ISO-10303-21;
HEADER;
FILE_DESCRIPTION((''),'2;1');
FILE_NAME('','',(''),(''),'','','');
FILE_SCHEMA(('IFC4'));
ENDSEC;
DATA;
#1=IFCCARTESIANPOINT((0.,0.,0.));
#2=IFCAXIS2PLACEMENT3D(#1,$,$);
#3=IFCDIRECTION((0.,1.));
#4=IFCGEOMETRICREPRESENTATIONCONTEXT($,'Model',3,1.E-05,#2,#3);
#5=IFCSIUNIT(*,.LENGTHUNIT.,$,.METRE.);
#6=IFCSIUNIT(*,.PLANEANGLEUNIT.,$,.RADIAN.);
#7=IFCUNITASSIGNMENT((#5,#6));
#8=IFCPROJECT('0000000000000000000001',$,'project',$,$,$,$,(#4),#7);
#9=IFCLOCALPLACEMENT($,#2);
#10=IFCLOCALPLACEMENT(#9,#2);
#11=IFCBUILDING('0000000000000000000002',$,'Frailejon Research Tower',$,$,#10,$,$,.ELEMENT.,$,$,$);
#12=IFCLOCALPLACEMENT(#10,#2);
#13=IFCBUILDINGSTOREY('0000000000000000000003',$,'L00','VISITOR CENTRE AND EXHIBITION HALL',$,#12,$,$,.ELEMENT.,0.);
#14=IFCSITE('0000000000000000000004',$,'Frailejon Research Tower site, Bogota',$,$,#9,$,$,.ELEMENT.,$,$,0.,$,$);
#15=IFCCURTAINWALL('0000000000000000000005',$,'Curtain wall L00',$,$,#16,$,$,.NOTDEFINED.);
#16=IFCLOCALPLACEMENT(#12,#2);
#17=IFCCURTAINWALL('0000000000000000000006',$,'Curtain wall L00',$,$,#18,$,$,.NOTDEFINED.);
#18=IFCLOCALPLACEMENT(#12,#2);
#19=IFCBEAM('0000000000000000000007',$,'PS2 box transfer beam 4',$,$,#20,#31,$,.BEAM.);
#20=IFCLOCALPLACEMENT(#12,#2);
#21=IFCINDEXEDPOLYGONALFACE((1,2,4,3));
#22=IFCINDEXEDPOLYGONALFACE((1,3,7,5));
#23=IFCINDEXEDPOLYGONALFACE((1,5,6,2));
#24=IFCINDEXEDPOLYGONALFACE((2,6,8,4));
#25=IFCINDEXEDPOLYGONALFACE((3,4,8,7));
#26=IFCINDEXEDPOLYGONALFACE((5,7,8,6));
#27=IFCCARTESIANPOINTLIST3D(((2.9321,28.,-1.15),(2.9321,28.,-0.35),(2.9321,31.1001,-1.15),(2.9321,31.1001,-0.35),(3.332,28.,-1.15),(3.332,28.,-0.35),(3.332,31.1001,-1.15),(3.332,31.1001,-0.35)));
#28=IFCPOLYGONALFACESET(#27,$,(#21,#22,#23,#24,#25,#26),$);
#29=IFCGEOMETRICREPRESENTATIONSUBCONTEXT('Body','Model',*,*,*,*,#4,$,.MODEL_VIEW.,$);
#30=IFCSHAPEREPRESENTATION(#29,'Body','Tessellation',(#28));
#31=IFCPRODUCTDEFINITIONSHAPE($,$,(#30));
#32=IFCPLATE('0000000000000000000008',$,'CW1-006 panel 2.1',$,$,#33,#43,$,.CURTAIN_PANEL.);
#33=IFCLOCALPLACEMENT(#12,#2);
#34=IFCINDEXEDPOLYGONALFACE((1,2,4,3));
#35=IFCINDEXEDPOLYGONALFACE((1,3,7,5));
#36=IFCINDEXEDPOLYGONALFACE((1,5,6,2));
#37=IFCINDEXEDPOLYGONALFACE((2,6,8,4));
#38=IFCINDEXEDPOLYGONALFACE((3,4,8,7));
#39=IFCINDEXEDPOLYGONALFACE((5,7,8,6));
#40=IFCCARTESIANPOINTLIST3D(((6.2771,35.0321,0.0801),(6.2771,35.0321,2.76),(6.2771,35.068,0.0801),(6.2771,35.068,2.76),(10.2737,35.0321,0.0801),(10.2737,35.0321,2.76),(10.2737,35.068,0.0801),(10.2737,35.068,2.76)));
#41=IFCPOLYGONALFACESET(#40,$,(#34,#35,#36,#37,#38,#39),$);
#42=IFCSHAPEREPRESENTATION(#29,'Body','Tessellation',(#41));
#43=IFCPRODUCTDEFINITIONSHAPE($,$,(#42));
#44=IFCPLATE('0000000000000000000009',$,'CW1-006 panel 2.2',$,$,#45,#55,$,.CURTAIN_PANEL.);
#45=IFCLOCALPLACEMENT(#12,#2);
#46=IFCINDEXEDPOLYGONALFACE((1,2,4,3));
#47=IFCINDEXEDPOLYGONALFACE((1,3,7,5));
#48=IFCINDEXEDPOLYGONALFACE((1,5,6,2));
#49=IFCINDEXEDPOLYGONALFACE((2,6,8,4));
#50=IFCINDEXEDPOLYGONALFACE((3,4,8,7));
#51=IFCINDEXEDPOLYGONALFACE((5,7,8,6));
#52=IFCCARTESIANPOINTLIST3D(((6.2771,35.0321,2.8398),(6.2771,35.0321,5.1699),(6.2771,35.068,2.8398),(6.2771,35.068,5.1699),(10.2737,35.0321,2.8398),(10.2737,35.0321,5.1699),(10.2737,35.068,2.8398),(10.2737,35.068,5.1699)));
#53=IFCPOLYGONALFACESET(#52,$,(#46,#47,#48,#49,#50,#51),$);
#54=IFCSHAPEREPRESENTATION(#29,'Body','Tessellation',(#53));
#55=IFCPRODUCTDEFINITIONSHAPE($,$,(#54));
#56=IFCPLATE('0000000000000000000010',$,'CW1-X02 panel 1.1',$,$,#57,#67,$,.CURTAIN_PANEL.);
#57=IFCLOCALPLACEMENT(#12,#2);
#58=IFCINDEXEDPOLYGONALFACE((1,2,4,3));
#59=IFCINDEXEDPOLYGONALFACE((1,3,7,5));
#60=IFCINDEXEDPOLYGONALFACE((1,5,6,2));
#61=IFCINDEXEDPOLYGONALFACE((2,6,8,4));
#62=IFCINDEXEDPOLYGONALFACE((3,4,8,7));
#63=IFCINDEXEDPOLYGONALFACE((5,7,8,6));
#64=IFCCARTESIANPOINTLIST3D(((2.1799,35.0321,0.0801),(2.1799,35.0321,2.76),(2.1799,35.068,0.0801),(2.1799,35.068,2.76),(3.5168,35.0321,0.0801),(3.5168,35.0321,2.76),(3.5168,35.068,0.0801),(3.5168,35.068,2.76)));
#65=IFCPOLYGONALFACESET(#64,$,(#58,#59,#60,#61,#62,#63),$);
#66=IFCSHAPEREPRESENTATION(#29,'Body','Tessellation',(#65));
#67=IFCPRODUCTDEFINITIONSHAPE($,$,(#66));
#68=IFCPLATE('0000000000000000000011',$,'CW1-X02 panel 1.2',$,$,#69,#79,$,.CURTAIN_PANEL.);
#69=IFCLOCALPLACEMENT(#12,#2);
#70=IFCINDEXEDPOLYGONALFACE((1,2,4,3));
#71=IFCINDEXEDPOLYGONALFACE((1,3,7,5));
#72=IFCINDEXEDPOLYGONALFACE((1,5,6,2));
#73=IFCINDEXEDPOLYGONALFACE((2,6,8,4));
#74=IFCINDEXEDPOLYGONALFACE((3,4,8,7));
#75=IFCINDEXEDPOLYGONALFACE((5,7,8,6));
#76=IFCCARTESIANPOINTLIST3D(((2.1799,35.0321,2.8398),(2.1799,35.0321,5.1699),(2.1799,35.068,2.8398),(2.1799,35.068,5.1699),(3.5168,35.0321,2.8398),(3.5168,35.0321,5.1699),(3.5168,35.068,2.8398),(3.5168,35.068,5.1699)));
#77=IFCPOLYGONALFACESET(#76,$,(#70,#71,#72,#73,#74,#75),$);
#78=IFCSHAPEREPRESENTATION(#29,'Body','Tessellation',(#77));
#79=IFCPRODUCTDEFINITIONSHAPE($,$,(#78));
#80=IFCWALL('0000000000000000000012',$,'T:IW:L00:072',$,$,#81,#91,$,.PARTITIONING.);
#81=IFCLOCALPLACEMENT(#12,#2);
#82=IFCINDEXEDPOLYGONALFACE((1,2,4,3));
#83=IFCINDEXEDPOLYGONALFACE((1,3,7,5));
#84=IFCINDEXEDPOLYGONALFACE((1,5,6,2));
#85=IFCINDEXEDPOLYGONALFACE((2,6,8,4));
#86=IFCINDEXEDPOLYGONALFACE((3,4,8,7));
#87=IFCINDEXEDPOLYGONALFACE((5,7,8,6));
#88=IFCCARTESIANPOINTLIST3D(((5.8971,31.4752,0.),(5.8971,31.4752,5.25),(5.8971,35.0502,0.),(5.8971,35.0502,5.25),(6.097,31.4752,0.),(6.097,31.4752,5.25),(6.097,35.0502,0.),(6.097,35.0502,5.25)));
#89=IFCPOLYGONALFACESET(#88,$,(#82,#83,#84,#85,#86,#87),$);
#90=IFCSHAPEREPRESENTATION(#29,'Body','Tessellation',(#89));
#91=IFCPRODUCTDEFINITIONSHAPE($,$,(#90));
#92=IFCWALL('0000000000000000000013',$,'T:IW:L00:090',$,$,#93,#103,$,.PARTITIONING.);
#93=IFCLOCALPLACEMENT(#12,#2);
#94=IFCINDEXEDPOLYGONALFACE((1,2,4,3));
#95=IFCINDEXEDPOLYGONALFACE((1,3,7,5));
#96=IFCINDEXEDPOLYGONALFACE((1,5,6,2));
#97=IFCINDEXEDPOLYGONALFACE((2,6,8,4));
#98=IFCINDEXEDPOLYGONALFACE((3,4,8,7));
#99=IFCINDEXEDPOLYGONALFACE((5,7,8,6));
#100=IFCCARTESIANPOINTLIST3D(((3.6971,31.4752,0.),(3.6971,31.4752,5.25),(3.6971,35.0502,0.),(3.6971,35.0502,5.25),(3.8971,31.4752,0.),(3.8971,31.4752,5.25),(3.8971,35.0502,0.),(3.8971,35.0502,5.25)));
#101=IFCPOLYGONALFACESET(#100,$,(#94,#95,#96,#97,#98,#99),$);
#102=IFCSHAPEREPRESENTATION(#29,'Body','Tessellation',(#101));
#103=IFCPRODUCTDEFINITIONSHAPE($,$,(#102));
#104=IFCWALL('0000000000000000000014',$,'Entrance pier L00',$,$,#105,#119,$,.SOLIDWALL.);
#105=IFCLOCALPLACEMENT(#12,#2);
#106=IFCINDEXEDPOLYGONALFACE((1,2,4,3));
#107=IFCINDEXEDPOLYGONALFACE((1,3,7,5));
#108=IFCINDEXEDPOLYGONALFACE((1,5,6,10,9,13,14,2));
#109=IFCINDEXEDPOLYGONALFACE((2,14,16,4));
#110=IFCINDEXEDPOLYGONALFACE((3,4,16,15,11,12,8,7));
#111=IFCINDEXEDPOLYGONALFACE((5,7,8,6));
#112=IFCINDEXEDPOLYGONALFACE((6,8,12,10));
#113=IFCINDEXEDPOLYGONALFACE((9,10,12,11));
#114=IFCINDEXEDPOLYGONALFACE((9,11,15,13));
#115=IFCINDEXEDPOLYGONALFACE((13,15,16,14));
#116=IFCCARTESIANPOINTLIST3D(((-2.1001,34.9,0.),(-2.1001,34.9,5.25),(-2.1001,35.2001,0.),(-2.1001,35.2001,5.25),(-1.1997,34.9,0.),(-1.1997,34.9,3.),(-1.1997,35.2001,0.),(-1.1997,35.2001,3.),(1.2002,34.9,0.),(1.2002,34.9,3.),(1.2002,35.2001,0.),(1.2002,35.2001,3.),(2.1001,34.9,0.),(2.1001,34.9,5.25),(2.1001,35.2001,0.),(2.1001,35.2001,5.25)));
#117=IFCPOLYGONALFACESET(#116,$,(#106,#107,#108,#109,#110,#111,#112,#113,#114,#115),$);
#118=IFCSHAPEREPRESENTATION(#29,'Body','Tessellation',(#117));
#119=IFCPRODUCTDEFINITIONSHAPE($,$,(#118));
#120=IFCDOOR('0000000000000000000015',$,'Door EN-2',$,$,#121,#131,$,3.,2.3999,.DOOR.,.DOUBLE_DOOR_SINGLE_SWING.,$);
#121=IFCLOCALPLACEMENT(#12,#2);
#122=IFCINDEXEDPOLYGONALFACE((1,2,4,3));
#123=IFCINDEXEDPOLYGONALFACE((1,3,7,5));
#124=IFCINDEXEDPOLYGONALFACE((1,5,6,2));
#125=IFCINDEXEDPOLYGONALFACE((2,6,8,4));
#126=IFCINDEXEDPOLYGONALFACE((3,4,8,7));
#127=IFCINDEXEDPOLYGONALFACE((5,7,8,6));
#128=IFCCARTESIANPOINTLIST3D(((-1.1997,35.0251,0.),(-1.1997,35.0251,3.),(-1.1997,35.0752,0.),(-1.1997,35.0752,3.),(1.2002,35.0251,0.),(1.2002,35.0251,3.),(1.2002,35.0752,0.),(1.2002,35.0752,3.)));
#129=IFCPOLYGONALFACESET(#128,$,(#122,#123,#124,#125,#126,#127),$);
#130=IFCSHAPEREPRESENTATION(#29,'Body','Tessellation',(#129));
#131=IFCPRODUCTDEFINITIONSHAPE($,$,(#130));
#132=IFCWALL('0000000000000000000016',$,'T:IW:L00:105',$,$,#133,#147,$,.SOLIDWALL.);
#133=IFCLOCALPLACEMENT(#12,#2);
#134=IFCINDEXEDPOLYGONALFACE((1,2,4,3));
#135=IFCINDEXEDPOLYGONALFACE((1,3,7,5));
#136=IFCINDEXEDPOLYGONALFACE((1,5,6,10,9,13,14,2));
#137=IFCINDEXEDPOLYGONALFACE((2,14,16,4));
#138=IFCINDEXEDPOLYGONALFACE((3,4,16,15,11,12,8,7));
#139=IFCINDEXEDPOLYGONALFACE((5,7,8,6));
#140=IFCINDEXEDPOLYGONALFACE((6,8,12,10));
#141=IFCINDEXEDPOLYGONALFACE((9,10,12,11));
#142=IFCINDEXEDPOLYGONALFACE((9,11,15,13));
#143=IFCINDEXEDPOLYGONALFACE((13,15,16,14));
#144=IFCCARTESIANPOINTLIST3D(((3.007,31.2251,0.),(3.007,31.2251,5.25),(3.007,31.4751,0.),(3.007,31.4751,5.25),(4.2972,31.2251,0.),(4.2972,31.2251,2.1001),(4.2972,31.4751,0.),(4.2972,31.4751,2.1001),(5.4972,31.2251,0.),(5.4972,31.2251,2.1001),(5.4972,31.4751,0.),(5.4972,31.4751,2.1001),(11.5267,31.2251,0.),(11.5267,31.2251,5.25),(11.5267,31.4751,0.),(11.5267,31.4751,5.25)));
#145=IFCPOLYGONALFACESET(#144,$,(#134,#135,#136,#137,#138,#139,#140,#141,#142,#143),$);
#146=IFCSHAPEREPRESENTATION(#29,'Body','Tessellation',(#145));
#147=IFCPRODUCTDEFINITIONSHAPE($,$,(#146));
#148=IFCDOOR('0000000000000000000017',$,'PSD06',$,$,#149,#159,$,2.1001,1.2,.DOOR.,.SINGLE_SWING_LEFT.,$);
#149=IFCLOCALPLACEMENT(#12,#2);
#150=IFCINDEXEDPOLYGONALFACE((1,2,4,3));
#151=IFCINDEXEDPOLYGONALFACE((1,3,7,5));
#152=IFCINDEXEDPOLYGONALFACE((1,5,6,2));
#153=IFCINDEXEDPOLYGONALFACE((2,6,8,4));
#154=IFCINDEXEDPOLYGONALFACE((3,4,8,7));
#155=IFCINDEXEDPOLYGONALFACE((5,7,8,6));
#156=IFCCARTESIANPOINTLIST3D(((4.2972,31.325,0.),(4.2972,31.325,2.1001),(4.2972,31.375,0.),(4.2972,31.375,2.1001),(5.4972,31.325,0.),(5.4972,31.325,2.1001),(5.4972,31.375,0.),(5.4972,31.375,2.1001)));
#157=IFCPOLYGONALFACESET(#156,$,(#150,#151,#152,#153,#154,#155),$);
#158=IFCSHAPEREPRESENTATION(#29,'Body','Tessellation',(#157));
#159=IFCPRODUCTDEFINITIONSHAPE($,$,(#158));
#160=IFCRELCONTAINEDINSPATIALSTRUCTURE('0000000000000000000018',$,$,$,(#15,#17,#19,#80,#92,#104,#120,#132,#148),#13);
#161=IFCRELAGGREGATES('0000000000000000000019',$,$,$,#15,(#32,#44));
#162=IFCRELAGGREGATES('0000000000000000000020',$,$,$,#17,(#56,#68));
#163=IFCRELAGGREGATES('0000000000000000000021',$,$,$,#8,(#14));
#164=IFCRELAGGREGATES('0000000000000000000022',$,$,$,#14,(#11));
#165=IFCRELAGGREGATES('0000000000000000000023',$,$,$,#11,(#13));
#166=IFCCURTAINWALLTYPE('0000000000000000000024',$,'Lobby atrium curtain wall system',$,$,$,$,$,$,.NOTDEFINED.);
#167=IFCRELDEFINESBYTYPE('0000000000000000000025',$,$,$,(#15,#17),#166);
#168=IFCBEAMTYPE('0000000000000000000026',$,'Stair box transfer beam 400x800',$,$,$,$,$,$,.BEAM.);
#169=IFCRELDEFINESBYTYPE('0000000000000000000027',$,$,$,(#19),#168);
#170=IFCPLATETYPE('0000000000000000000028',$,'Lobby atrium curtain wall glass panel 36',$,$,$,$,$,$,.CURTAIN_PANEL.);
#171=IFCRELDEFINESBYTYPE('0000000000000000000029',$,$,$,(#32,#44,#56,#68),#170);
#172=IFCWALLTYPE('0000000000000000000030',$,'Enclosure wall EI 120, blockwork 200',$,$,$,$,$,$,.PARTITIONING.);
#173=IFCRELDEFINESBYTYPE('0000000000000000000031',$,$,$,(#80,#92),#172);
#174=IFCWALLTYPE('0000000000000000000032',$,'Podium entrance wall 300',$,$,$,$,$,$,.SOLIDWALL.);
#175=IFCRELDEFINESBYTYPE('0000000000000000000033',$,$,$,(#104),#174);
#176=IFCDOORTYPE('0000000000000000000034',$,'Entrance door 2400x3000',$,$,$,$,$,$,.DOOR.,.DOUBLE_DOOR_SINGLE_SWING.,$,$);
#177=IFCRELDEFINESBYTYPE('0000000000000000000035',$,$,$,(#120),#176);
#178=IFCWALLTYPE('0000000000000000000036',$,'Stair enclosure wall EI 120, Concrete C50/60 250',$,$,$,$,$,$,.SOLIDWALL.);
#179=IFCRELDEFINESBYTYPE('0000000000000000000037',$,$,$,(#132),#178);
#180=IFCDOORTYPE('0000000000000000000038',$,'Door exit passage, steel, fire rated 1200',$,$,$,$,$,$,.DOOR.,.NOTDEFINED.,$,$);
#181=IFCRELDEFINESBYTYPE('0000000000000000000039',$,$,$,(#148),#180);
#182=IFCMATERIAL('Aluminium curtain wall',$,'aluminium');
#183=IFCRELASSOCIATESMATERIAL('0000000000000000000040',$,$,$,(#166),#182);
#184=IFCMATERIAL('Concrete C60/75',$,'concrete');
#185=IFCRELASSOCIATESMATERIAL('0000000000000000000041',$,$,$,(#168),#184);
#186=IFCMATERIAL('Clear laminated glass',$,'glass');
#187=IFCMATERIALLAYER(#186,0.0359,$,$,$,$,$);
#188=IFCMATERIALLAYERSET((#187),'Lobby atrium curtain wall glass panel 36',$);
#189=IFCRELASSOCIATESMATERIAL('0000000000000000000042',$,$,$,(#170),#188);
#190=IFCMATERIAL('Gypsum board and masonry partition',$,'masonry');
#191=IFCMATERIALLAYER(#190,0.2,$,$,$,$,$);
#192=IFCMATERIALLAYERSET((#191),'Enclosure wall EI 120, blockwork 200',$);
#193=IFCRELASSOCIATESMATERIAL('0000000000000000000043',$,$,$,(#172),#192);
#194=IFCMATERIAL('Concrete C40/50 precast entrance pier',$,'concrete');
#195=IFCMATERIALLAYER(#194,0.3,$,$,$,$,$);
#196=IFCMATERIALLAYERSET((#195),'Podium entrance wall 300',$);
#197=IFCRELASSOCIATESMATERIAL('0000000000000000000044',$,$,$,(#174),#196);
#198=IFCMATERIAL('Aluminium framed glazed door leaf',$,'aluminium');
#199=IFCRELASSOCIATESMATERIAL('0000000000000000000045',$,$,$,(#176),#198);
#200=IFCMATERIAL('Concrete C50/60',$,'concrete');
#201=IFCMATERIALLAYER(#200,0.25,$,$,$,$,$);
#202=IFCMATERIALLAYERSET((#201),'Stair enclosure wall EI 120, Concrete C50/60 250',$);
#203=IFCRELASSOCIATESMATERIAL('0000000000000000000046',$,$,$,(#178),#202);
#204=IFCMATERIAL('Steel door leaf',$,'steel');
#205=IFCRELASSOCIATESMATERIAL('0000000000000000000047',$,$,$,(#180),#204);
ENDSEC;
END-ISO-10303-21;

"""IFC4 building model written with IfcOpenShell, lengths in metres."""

from ifc_helpers import new_model, si_unit, direction, frame, frame_2d, origin, origin_2d, place, context, subcontext, project, spatial, rectangle, extrude, material, layer, layer_set, material_profile, profile_set, type_object, element, fill, aggregate, save


model = new_model("IFC4")

# Units and contexts
model_context = context("Model", 3, precision=1e-05, world=origin(), true_north=direction((0.0, 1.0)))
body_context = subcontext(model_context, "Body", "Model", "MODEL_VIEW")
ifc_project = project(units=[si_unit("LENGTHUNIT", "METRE"), si_unit("PLANEANGLEUNIT", "RADIAN")], contexts=[model_context])

# Site, building, storey
site_placement = place(None, origin())
site = spatial("IfcSite", under=ifc_project, at=site_placement, Name="Frailejon Research Tower site, Bogota", CompositionType="ELEMENT", RefElevation=0.0)
building_placement = place(site_placement, origin())
building = spatial("IfcBuilding", under=site, at=building_placement, Name="Frailejon Research Tower", CompositionType="ELEMENT")
storey_placement = place(building_placement, origin())
storey = spatial("IfcBuildingStorey", under=building, at=storey_placement, Name="L00", Description="VISITOR CENTRE AND EXHIBITION HALL", CompositionType="ELEMENT", Elevation=0.0)

# Curtain wall
ifc_material_1 = material(Name="Aluminium curtain wall", Category="aluminium")
curtain_wall_type = type_object("IfcCurtainWallType", Name="Lobby atrium curtain wall system", PredefinedType="NOTDEFINED", material=ifc_material_1)
curtain_wall_1_placement = place(storey_placement, origin())
curtain_wall_1 = element("IfcCurtainWall", 1, at=curtain_wall_1_placement, inside=storey, type_object=curtain_wall_type, Name="Curtain wall L00", PredefinedType="NOTDEFINED")

# Curtain wall
curtain_wall_2_placement = place(storey_placement, origin())
curtain_wall_2 = element("IfcCurtainWall", 2, at=curtain_wall_2_placement, inside=storey, type_object=curtain_wall_type, Name="Curtain wall L00", PredefinedType="NOTDEFINED")

# Beam
ifc_material_2 = material(Name="Concrete C60/75", Category="concrete")
ifc_material_profile_1 = material_profile(ifc_material_2, rectangle(XDim=0.3999, YDim=0.8, at=origin_2d()), Name="Stair box transfer beam 400x800")
ifc_profile_set_1 = profile_set([ifc_material_profile_1], Name="Concrete C60/75")
beam_type = type_object("IfcBeamType", Name="Stair box transfer beam 400x800", PredefinedType="BEAM", material=ifc_profile_set_1)
beam_placement = place(storey_placement, frame((3.1321, 31.1001, -0.75), z_axis=(0.0, -1.0, 0.0), x_axis=(1.0, 0.0, 0.0)))
element("IfcBeam", 3, at=beam_placement, inside=storey, type_object=beam_type, Name="PS2 box transfer beam 4", PredefinedType="BEAM", context=body_context, shape_type="SweptSolid", body=[
    extrude(rectangle(XDim=0.3999, YDim=0.8, at=origin_2d()), origin(), (0.0, 0.0, 1.0), 3.1001),
])

# Plates
ifc_material_3 = material(Name="Clear laminated glass", Category="glass")
ifc_layer_1 = layer(ifc_material_3, 0.0359)
ifc_layer_set_1 = layer_set([ifc_layer_1], Name="Lobby atrium curtain wall glass panel 36")
plate_type = type_object("IfcPlateType", Name="Lobby atrium curtain wall glass panel 36", PredefinedType="CURTAIN_PANEL", material=ifc_layer_set_1)
plate_1_placement = place(storey_placement, frame((8.2754, 35.05, 0.0801), z_axis=(0.0, 0.0, 1.0), x_axis=(-1.0, 0.0, 0.0)))
plate_1 = element("IfcPlate", 4, at=plate_1_placement, type_object=plate_type, Name="CW1-006 panel 2.1", PredefinedType="CURTAIN_PANEL", context=body_context, shape_type="SweptSolid", body=[
    extrude(rectangle(XDim=3.9966, YDim=0.0359, at=origin_2d()), origin(), (0.0, 0.0, 1.0), 2.6799),
])
plate_2_placement = place(storey_placement, frame((8.2754, 35.05, 2.8398), z_axis=(0.0, 0.0, 1.0), x_axis=(-1.0, 0.0, 0.0)))
plate_2 = element("IfcPlate", 5, at=plate_2_placement, type_object=plate_type, Name="CW1-006 panel 2.2", PredefinedType="CURTAIN_PANEL", context=body_context, shape_type="SweptSolid", body=[
    extrude(rectangle(XDim=3.9966, YDim=0.0359, at=origin_2d()), origin(), (0.0, 0.0, 1.0), 2.3301),
])
aggregate(curtain_wall_1, [plate_1, plate_2])
plate_3_placement = place(storey_placement, frame((2.8484, 35.05, 0.0801), z_axis=(0.0, 0.0, 1.0), x_axis=(-1.0, 0.0, 0.0)))
plate_3 = element("IfcPlate", 6, at=plate_3_placement, type_object=plate_type, Name="CW1-X02 panel 1.1", PredefinedType="CURTAIN_PANEL", context=body_context, shape_type="SweptSolid", body=[
    extrude(rectangle(XDim=1.3369, YDim=0.0359, at=origin_2d()), origin(), (0.0, 0.0, 1.0), 2.6799),
])
plate_4_placement = place(storey_placement, frame((2.8484, 35.05, 2.8398), z_axis=(0.0, 0.0, 1.0), x_axis=(-1.0, 0.0, 0.0)))
plate_4 = element("IfcPlate", 7, at=plate_4_placement, type_object=plate_type, Name="CW1-X02 panel 1.2", PredefinedType="CURTAIN_PANEL", context=body_context, shape_type="SweptSolid", body=[
    extrude(rectangle(XDim=1.3369, YDim=0.0359, at=origin_2d()), origin(), (0.0, 0.0, 1.0), 2.3301),
])
aggregate(curtain_wall_2, [plate_3, plate_4])

# Walls
ifc_material_4 = material(Name="Gypsum board and masonry partition", Category="masonry")
ifc_layer_2 = layer(ifc_material_4, 0.2)
ifc_layer_set_2 = layer_set([ifc_layer_2], Name="Enclosure wall EI 120, blockwork 200")
wall_type_1 = type_object("IfcWallType", Name="Enclosure wall EI 120, blockwork 200", PredefinedType="PARTITIONING", material=ifc_layer_set_2)
for number, where, z_axis, x_axis, name in (
    (8, (5.9971, 31.4751, 0.0), (0.0, 0.0, 1.0), (0.0, 1.0, 0.0), "T:IW:L00:072"),
    (9, (3.7971, 31.4751, 0.0), (0.0, 0.0, 1.0), (0.0, 1.0, 0.0), "T:IW:L00:090"),
):
    element("IfcWall", number, at=place(storey_placement, frame(where, z_axis=z_axis, x_axis=x_axis)), inside=storey, type_object=wall_type_1, Name=name, PredefinedType="PARTITIONING", context=body_context, shape_type="SweptSolid", body=[
        extrude(rectangle(XDim=3.575, YDim=0.2, at=frame_2d((1.7876, 0.0))), origin(), (0.0, 0.0, 1.0), 5.25),
    ])

# Walls, openings, doors
ifc_material_5 = material(Name="Concrete C40/50 precast entrance pier", Category="concrete")
ifc_layer_3 = layer(ifc_material_5, 0.3)
ifc_layer_set_3 = layer_set([ifc_layer_3], Name="Podium entrance wall 300")
wall_type_2 = type_object("IfcWallType", Name="Podium entrance wall 300", PredefinedType="SOLIDWALL", material=ifc_layer_set_3)
wall_1_placement = place(storey_placement, frame((2.1001, 35.05, 0.0), z_axis=(0.0, 0.0, 1.0), x_axis=(-1.0, 0.0, 0.0)))
wall_1 = element("IfcWall", 10, at=wall_1_placement, inside=storey, type_object=wall_type_2, Name="Entrance pier L00", PredefinedType="SOLIDWALL", context=body_context, shape_type="SweptSolid", body=[
    extrude(rectangle(XDim=4.2002, YDim=0.3, at=frame_2d((2.1001, 0.0))), origin(), (0.0, 0.0, 1.0), 5.25),
])
opening_1_placement = place(wall_1_placement, frame((0.8999, 0.0, 0.0)))
opening_1 = element("IfcOpeningElement", 11, at=opening_1_placement, cuts=wall_1, PredefinedType="OPENING", context=body_context, shape_type="SweptSolid", body=[
    extrude(rectangle(XDim=2.3999, YDim=3.0, at=frame_2d((1.2, 1.5))), frame((0.0, 0.1599, 0.0), z_axis=(0.0, -1.0, 0.0), x_axis=(1.0, 0.0, 0.0)), (0.0, 0.0, 1.0), 0.3201),
])
ifc_material_6 = material(Name="Aluminium framed glazed door leaf", Category="aluminium")
door_type_1 = type_object("IfcDoorType", Name="Entrance door 2400x3000", OperationType="DOUBLE_DOOR_SINGLE_SWING", PredefinedType="DOOR", material=ifc_material_6)
door_1_placement = place(opening_1_placement, origin())
door_1 = element("IfcDoor", 12, at=door_1_placement, inside=storey, type_object=door_type_1, Name="Door EN-2", OperationType="DOUBLE_DOOR_SINGLE_SWING", OverallHeight=3.0, OverallWidth=2.3999, PredefinedType="DOOR", context=body_context, shape_type="SweptSolid", body=[
    extrude(rectangle(XDim=2.3999, YDim=3.0, at=frame_2d((1.2, 1.5))), frame((0.0, 0.0249, 0.0), z_axis=(0.0, -1.0, 0.0), x_axis=(1.0, 0.0, 0.0)), (0.0, 0.0, 1.0), 0.05),
])
fill(opening_1, door_1)
ifc_material_7 = material(Name="Concrete C50/60", Category="concrete")
ifc_layer_4 = layer(ifc_material_7, 0.25)
ifc_layer_set_4 = layer_set([ifc_layer_4], Name="Stair enclosure wall EI 120, Concrete C50/60 250")
wall_type_3 = type_object("IfcWallType", Name="Stair enclosure wall EI 120, Concrete C50/60 250", PredefinedType="SOLIDWALL", material=ifc_layer_set_4)
wall_2_placement = place(storey_placement, frame((3.0071, 31.3501, 0.0), z_axis=(0.0, 0.0, 1.0), x_axis=(1.0, 0.0, 0.0)))
wall_2 = element("IfcWall", 13, at=wall_2_placement, inside=storey, type_object=wall_type_3, Name="T:IW:L00:105", PredefinedType="SOLIDWALL", context=body_context, shape_type="SweptSolid", body=[
    extrude(rectangle(XDim=8.5198, YDim=0.25, at=frame_2d((4.2598, 0.0))), origin(), (0.0, 0.0, 1.0), 5.25),
])
opening_2_placement = place(wall_2_placement, frame((1.29, 0.0, 0.0)))
opening_2 = element("IfcOpeningElement", 14, at=opening_2_placement, cuts=wall_2, PredefinedType="OPENING", context=body_context, shape_type="SweptSolid", body=[
    extrude(rectangle(XDim=1.2, YDim=2.1001, at=frame_2d((0.6001, 1.05))), frame((0.0, 0.135, 0.0), z_axis=(0.0, -1.0, 0.0), x_axis=(1.0, 0.0, 0.0)), (0.0, 0.0, 1.0), 0.27),
])
ifc_material_8 = material(Name="Steel door leaf", Category="steel")
door_type_2 = type_object("IfcDoorType", Name="Door exit passage, steel, fire rated 1200", OperationType="NOTDEFINED", PredefinedType="DOOR", material=ifc_material_8)
door_2_placement = place(opening_2_placement, origin())
door_2 = element("IfcDoor", 15, at=door_2_placement, inside=storey, type_object=door_type_2, Name="PSD06", OperationType="SINGLE_SWING_LEFT", OverallHeight=2.1001, OverallWidth=1.2, PredefinedType="DOOR", context=body_context, shape_type="SweptSolid", body=[
    extrude(rectangle(XDim=1.2, YDim=2.1001, at=frame_2d((0.6001, 1.05))), frame((0.0, 0.0249, 0.0), z_axis=(0.0, -1.0, 0.0), x_axis=(1.0, 0.0, 0.0)), (0.0, 0.0, 1.0), 0.05),
])
fill(opening_2, door_2)

save(model, "model.ifc")
